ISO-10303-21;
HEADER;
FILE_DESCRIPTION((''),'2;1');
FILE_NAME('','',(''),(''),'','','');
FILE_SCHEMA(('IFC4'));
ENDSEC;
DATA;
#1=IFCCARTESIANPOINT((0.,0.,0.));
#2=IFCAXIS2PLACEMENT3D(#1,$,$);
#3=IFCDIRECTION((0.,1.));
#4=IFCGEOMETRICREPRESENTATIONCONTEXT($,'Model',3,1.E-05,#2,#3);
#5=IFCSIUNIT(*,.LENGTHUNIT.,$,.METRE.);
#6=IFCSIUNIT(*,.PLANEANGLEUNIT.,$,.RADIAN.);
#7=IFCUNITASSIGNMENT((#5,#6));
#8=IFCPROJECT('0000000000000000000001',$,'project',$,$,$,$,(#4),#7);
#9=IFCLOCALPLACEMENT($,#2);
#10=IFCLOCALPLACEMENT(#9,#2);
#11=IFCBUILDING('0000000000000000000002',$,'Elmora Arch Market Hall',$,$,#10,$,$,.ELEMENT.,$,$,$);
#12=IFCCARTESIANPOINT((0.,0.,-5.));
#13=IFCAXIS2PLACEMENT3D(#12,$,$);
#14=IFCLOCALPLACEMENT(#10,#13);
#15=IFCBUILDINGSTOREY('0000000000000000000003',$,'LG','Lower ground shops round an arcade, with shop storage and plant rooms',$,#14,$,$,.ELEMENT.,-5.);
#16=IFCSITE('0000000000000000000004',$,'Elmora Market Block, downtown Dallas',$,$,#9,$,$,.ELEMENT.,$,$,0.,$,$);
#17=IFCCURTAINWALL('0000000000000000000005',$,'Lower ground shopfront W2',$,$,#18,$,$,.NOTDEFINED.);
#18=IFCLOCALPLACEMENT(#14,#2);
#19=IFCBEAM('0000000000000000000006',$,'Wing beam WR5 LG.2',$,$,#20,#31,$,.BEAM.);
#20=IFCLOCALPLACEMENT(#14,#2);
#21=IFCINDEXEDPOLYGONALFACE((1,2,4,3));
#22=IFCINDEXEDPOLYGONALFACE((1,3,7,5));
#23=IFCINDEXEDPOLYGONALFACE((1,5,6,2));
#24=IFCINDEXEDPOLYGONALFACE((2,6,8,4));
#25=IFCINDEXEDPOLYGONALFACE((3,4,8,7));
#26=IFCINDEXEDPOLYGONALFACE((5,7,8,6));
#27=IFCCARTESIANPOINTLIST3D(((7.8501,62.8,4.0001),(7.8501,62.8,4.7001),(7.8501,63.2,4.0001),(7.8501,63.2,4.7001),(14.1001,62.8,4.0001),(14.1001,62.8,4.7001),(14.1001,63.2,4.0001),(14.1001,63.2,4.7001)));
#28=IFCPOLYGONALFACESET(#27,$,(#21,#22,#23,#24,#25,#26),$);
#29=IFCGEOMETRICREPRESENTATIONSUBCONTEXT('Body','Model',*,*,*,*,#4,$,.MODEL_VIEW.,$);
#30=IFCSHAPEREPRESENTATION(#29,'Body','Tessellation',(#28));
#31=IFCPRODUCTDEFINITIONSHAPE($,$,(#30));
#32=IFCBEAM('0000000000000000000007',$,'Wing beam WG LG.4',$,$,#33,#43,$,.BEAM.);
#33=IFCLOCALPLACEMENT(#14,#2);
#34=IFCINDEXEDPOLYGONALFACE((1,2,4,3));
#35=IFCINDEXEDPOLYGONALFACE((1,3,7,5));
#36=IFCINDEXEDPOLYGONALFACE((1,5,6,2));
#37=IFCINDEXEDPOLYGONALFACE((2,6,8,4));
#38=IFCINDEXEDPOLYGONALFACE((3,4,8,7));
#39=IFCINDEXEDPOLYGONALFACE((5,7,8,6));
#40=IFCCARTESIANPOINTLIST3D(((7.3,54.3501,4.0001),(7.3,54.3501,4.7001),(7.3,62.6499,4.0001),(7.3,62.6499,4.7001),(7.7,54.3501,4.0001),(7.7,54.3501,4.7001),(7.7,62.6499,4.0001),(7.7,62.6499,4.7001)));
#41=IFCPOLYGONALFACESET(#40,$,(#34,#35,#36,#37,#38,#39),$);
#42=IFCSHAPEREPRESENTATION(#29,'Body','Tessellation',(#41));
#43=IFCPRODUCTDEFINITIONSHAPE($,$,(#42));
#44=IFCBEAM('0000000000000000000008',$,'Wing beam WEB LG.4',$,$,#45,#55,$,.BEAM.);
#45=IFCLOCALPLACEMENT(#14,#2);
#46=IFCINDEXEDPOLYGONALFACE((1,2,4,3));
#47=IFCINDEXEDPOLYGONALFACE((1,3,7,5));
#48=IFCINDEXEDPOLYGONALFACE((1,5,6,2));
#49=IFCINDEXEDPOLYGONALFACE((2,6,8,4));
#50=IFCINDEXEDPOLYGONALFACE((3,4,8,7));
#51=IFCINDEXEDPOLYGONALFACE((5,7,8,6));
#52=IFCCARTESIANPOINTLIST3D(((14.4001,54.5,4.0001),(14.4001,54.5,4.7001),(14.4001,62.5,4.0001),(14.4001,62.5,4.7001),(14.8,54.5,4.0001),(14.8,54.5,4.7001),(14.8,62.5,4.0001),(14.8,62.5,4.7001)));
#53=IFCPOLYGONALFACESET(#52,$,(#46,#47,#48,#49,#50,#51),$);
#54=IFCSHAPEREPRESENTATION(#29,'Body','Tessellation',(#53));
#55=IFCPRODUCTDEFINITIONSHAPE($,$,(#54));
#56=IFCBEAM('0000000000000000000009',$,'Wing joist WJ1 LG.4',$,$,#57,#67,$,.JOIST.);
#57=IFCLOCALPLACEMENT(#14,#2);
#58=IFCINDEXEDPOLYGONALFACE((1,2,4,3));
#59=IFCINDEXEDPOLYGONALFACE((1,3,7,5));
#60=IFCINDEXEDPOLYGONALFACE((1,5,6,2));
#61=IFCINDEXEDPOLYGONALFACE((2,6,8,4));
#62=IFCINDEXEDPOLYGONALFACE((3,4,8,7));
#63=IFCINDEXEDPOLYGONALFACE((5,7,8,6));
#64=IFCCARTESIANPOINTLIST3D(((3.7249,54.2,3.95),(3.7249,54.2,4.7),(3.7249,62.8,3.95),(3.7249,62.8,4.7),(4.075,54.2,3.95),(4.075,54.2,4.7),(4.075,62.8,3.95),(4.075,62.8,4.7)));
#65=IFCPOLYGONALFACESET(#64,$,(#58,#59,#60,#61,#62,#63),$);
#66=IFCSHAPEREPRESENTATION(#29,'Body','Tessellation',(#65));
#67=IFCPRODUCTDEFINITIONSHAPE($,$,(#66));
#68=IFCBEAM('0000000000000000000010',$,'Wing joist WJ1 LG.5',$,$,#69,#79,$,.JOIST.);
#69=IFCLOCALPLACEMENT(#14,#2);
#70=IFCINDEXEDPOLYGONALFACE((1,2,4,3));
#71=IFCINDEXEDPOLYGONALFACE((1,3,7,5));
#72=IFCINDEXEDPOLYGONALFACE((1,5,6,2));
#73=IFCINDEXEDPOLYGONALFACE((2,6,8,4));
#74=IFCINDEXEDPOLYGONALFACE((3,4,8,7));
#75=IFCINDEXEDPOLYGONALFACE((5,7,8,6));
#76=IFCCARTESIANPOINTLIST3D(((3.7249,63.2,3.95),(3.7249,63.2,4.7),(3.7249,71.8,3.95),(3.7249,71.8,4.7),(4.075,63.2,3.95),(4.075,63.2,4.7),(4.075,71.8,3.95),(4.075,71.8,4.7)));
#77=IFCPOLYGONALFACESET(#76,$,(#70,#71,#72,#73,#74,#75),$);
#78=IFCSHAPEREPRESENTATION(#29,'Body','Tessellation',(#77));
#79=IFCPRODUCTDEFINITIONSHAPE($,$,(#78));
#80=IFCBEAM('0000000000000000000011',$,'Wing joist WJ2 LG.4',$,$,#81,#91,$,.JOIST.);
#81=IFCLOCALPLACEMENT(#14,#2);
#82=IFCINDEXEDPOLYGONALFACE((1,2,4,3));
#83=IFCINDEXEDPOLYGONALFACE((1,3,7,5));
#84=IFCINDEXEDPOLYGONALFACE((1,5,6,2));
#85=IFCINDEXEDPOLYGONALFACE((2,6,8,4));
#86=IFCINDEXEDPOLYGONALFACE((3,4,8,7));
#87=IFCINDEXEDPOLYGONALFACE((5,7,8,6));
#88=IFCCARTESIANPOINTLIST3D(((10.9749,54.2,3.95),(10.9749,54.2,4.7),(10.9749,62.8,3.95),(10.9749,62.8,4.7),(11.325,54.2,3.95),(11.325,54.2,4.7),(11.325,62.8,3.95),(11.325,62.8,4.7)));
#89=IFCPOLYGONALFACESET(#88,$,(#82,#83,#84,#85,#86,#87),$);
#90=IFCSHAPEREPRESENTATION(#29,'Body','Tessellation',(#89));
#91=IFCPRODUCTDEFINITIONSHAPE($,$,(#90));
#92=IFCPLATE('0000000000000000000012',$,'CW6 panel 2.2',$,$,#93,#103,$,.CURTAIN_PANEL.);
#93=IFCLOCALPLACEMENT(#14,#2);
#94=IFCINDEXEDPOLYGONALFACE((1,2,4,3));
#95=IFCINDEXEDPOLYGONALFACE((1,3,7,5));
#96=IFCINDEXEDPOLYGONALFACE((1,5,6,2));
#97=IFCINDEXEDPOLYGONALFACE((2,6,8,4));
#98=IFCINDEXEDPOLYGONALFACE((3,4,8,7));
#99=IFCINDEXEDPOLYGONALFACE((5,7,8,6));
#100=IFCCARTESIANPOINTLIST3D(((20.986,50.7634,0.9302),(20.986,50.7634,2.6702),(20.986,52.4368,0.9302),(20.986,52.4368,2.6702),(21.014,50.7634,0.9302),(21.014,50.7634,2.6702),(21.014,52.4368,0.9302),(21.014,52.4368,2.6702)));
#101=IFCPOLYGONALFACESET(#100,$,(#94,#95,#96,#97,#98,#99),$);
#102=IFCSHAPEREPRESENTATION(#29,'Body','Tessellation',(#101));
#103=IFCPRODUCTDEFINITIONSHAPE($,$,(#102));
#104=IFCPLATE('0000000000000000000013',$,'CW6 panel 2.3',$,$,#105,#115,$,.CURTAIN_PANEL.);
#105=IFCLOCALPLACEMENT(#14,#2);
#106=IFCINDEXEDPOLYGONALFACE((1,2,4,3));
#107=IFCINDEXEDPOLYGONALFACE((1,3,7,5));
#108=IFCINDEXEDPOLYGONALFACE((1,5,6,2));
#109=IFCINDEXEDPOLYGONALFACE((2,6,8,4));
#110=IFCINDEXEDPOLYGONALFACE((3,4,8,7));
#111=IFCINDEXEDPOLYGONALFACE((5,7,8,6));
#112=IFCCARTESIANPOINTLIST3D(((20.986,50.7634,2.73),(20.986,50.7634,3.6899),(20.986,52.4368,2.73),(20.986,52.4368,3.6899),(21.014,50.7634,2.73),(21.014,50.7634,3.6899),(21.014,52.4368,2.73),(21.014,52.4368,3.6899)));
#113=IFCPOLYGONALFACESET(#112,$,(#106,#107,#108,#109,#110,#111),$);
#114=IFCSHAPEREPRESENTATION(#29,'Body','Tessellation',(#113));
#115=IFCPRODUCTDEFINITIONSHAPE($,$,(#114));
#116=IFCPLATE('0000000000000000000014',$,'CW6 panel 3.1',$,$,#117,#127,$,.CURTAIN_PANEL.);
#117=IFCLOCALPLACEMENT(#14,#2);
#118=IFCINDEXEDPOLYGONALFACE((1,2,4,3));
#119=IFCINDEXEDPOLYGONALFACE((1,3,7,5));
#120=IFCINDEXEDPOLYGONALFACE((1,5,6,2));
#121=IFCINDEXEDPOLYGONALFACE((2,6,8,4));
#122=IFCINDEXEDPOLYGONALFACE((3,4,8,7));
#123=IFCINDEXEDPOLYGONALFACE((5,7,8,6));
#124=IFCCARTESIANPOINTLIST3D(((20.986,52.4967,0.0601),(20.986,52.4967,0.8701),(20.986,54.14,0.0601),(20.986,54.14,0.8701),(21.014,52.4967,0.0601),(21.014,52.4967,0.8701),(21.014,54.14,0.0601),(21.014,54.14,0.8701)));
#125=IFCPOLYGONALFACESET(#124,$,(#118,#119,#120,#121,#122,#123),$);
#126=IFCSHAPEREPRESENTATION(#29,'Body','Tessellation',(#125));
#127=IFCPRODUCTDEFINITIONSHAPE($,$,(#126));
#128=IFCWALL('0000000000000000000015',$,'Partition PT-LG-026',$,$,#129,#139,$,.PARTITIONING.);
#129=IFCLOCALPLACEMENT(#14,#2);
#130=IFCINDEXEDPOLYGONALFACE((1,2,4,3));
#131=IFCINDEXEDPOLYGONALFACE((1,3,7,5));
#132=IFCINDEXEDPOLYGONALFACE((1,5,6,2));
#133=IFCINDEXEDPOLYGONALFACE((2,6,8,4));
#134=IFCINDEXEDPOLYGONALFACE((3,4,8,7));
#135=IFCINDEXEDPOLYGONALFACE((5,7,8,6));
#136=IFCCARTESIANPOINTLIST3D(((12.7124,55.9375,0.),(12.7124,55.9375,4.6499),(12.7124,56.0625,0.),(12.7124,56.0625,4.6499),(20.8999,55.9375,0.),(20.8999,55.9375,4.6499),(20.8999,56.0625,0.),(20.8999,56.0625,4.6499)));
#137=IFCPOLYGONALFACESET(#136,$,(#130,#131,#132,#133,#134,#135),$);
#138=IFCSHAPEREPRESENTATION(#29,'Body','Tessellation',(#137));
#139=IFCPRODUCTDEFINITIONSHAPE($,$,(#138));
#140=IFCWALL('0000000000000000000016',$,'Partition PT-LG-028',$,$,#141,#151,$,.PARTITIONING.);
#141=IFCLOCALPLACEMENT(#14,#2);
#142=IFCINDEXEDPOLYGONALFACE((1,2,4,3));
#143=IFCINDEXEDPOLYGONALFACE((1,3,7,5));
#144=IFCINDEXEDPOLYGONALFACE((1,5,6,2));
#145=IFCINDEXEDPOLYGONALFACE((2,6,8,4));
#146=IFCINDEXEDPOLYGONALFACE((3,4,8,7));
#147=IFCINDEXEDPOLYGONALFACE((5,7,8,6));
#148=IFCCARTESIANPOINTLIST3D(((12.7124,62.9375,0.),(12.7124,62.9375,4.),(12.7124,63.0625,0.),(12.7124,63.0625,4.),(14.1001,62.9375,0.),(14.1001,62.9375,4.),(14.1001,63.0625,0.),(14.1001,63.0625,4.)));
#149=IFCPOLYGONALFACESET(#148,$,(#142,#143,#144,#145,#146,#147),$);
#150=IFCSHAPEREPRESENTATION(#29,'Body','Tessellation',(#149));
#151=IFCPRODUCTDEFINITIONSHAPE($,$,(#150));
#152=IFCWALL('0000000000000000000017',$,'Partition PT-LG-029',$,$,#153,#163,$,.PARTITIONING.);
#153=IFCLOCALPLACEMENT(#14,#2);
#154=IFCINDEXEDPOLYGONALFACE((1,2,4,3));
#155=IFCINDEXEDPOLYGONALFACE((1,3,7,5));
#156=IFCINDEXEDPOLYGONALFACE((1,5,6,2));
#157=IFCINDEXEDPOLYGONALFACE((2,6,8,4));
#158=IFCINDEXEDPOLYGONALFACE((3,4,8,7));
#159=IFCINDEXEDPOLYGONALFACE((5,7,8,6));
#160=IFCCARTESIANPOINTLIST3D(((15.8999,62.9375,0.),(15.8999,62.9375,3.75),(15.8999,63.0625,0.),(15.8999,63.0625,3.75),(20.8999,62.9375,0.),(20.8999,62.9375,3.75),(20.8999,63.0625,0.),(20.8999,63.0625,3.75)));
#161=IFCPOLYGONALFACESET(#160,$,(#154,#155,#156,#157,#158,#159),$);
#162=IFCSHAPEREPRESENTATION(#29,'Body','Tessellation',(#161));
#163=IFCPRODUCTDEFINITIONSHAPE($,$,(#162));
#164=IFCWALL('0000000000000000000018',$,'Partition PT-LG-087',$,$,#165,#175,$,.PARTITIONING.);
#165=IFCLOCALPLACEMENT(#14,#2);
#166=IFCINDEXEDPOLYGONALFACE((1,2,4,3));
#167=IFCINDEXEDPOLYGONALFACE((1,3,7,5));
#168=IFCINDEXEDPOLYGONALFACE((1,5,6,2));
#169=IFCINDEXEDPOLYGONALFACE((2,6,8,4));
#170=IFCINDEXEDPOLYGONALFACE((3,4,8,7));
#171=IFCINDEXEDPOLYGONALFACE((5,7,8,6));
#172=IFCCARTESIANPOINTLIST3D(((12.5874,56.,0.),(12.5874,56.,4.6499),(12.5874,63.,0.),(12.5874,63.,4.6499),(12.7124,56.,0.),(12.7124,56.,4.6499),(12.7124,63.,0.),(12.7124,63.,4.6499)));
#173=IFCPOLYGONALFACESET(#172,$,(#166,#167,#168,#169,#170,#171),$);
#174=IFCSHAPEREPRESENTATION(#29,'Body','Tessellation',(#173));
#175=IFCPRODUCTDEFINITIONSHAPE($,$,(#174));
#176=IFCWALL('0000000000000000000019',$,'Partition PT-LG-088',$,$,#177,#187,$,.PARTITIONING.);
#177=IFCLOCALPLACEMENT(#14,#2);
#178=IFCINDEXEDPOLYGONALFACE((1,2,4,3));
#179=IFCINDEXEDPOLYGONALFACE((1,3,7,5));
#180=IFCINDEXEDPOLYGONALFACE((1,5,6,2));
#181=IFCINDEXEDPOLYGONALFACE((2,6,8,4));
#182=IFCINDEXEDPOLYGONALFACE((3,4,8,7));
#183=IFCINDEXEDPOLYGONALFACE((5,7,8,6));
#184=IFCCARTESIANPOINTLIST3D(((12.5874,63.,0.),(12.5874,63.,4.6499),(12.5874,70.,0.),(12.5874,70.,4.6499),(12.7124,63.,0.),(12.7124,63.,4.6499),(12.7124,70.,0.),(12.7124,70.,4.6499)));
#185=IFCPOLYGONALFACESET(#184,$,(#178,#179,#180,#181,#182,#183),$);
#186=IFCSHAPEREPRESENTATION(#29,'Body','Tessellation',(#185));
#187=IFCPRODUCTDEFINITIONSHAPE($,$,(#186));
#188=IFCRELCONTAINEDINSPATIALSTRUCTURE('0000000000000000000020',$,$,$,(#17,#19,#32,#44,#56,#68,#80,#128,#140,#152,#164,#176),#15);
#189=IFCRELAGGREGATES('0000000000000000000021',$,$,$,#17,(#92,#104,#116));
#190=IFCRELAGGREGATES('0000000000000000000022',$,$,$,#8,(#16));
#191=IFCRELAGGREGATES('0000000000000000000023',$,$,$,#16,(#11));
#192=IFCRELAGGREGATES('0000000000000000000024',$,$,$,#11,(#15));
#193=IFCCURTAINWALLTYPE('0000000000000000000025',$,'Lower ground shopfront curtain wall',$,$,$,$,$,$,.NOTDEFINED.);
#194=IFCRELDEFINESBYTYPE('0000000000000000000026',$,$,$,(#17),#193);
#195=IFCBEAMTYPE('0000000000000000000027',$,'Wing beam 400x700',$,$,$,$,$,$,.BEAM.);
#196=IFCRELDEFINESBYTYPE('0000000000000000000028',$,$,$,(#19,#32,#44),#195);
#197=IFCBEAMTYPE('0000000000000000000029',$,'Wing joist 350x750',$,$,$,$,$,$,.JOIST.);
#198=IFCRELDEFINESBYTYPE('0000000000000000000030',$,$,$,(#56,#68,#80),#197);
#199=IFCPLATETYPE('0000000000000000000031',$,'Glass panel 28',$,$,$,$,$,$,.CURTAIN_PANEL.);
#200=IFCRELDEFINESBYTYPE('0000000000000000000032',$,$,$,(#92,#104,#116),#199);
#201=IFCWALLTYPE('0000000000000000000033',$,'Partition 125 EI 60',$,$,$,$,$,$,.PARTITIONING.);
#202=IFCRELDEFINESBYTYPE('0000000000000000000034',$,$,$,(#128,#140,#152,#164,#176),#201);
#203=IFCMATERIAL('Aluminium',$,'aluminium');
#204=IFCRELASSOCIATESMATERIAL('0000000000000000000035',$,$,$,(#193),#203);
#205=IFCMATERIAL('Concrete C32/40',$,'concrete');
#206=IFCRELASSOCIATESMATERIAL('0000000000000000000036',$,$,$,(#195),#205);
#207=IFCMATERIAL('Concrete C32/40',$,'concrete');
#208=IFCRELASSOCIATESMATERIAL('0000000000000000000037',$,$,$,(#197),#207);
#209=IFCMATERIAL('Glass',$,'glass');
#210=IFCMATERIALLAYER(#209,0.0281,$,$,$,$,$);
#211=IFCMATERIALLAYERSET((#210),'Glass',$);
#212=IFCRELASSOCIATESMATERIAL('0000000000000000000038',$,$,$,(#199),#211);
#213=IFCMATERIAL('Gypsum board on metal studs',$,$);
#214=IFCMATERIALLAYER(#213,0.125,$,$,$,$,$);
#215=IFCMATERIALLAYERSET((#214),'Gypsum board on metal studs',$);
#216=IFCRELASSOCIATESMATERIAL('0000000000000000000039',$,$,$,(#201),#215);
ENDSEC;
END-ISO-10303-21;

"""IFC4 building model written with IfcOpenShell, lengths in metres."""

from ifc_helpers import new_model, si_unit, direction, frame, frame_2d, origin, origin_2d, place, context, subcontext, project, spatial, rectangle, extrude, material, layer, layer_set, material_profile, profile_set, type_object, element, aggregate, save


model = new_model("IFC4")

# Units and contexts
model_context = context("Model", 3, precision=1e-05, world=origin(), true_north=direction((0.0, 1.0)))
body_context = subcontext(model_context, "Body", "Model", "MODEL_VIEW")
ifc_project = project(units=[si_unit("LENGTHUNIT", "METRE"), si_unit("PLANEANGLEUNIT", "RADIAN")], contexts=[model_context])

# Site, building, storey
site_placement = place(None, origin())
site = spatial("IfcSite", under=ifc_project, at=site_placement, Name="Elmora Market Block, downtown Dallas", CompositionType="ELEMENT", RefElevation=0.0)
building_placement = place(site_placement, origin())
building = spatial("IfcBuilding", under=site, at=building_placement, Name="Elmora Arch Market Hall", CompositionType="ELEMENT")
storey_placement = place(building_placement, frame((0.0, 0.0, -5.0)))
storey = spatial("IfcBuildingStorey", under=building, at=storey_placement, Name="LG", Description="Lower ground shops round an arcade, with shop storage and plant rooms", CompositionType="ELEMENT", Elevation=-5.0)

# Curtain wall
ifc_material_1 = material(Name="Aluminium", Category="aluminium")
curtain_wall_type = type_object("IfcCurtainWallType", Name="Lower ground shopfront curtain wall", PredefinedType="NOTDEFINED", material=ifc_material_1)
curtain_wall_placement = place(storey_placement, origin())
curtain_wall = element("IfcCurtainWall", 1, at=curtain_wall_placement, inside=storey, type_object=curtain_wall_type, Name="Lower ground shopfront W2", PredefinedType="NOTDEFINED")

# Beams
ifc_material_2 = material(Name="Concrete C32/40", Category="concrete")
ifc_material_profile_1 = material_profile(ifc_material_2, rectangle(XDim=0.3999, YDim=0.7, at=origin_2d()), Name="Wing beam 400x700")
ifc_profile_set_1 = profile_set([ifc_material_profile_1], Name="Concrete C32/40")
beam_type_1 = type_object("IfcBeamType", Name="Wing beam 400x700", PredefinedType="BEAM", material=ifc_profile_set_1)
beam_1_placement = place(storey_placement, frame((7.8501, 63.0, 4.3501), z_axis=(1.0, 0.0, 0.0), x_axis=(0.0, 1.0, 0.0)))
element("IfcBeam", 2, at=beam_1_placement, inside=storey, type_object=beam_type_1, Name="Wing beam WR5 LG.2", PredefinedType="BEAM", context=body_context, shape_type="SweptSolid", body=[
    extrude(rectangle(XDim=0.3999, YDim=0.7, at=origin_2d()), origin(), (0.0, 0.0, 1.0), 6.25),
])
beam_2_placement = place(storey_placement, frame((7.5, 54.3501, 4.3501), z_axis=(0.0, 1.0, 0.0), x_axis=(-1.0, 0.0, 0.0)))
element("IfcBeam", 3, at=beam_2_placement, inside=storey, type_object=beam_type_1, Name="Wing beam WG LG.4", PredefinedType="BEAM", context=body_context, shape_type="SweptSolid", body=[
    extrude(rectangle(XDim=0.3999, YDim=0.7, at=origin_2d()), origin(), (0.0, 0.0, 1.0), 8.2998),
])
beam_3_placement = place(storey_placement, frame((14.6001, 54.5, 4.3501), z_axis=(0.0, 1.0, 0.0), x_axis=(-1.0, 0.0, 0.0)))
element("IfcBeam", 4, at=beam_3_placement, inside=storey, type_object=beam_type_1, Name="Wing beam WEB LG.4", PredefinedType="BEAM", context=body_context, shape_type="SweptSolid", body=[
    extrude(rectangle(XDim=0.3999, YDim=0.7, at=origin_2d()), origin(), (0.0, 0.0, 1.0), 8.0),
])
ifc_material_3 = material(Name="Concrete C32/40", Category="concrete")
ifc_material_profile_2 = material_profile(ifc_material_3, rectangle(XDim=0.3501, YDim=0.75, at=origin_2d()), Name="Wing joist 350x750")
ifc_profile_set_2 = profile_set([ifc_material_profile_2], Name="Concrete C32/40")
beam_type_2 = type_object("IfcBeamType", Name="Wing joist 350x750", PredefinedType="JOIST", material=ifc_profile_set_2)
for number, where, z_axis, x_axis, name in (
    (5, (3.8999, 54.2, 4.325), (0.0, 1.0, 0.0), (-1.0, 0.0, 0.0), "Wing joist WJ1 LG.4"),
    (6, (3.8999, 63.2, 4.325), (0.0, 1.0, 0.0), (-1.0, 0.0, 0.0), "Wing joist WJ1 LG.5"),
    (7, (11.1499, 54.2, 4.325), (0.0, 1.0, 0.0), (-1.0, 0.0, 0.0), "Wing joist WJ2 LG.4"),
):
    element("IfcBeam", number, at=place(storey_placement, frame(where, z_axis=z_axis, x_axis=x_axis)), inside=storey, type_object=beam_type_2, Name=name, PredefinedType="JOIST", context=body_context, shape_type="SweptSolid", body=[
        extrude(rectangle(XDim=0.3501, YDim=0.75, at=origin_2d()), origin(), (0.0, 0.0, 1.0), 8.6001),
    ])

# Plates
ifc_material_4 = material(Name="Glass", Category="glass")
ifc_layer_1 = layer(ifc_material_4, 0.0281)
ifc_layer_set_1 = layer_set([ifc_layer_1], Name="Glass")
plate_type = type_object("IfcPlateType", Name="Glass panel 28", PredefinedType="CURTAIN_PANEL", material=ifc_layer_set_1)
plate_1_placement = place(storey_placement, frame((21.0, 51.6001, 0.9302), z_axis=(0.0, 0.0, 1.0), x_axis=(0.0, 1.0, 0.0)))
plate_1 = element("IfcPlate", 8, at=plate_1_placement, type_object=plate_type, Name="CW6 panel 2.2", PredefinedType="CURTAIN_PANEL", context=body_context, shape_type="SweptSolid", body=[
    extrude(rectangle(XDim=1.6733, YDim=0.0281, at=origin_2d()), origin(), (0.0, 0.0, 1.0), 1.74),
])
plate_2_placement = place(storey_placement, frame((21.0, 51.6001, 2.73), z_axis=(0.0, 0.0, 1.0), x_axis=(0.0, 1.0, 0.0)))
plate_2 = element("IfcPlate", 9, at=plate_2_placement, type_object=plate_type, Name="CW6 panel 2.3", PredefinedType="CURTAIN_PANEL", context=body_context, shape_type="SweptSolid", body=[
    extrude(rectangle(XDim=1.6733, YDim=0.0281, at=origin_2d()), origin(), (0.0, 0.0, 1.0), 0.96),
])
plate_3_placement = place(storey_placement, frame((21.0, 53.3184, 0.0601), z_axis=(0.0, 0.0, 1.0), x_axis=(0.0, 1.0, 0.0)))
plate_3 = element("IfcPlate", 10, at=plate_3_placement, type_object=plate_type, Name="CW6 panel 3.1", PredefinedType="CURTAIN_PANEL", context=body_context, shape_type="SweptSolid", body=[
    extrude(rectangle(XDim=1.6433, YDim=0.0281, at=origin_2d()), origin(), (0.0, 0.0, 1.0), 0.8101),
])
aggregate(curtain_wall, [plate_1, plate_2, plate_3])

# Walls
ifc_material_5 = material(Name="Gypsum board on metal studs")
ifc_layer_2 = layer(ifc_material_5, 0.125)
ifc_layer_set_2 = layer_set([ifc_layer_2], Name="Gypsum board on metal studs")
wall_type = type_object("IfcWallType", Name="Partition 125 EI 60", PredefinedType="PARTITIONING", material=ifc_layer_set_2)
wall_1_placement = place(storey_placement, frame((12.7124, 56.0, 0.0), z_axis=(0.0, 0.0, 1.0), x_axis=(1.0, 0.0, 0.0)))
element("IfcWall", 11, at=wall_1_placement, inside=storey, type_object=wall_type, Name="Partition PT-LG-026", PredefinedType="PARTITIONING", context=body_context, shape_type="SweptSolid", body=[
    extrude(rectangle(XDim=8.1875, YDim=0.125, at=frame_2d((4.0938, 0.0))), origin(), (0.0, 0.0, 1.0), 4.6499),
])
wall_2_placement = place(storey_placement, frame((12.7124, 63.0, 0.0), z_axis=(0.0, 0.0, 1.0), x_axis=(1.0, 0.0, 0.0)))
element("IfcWall", 12, at=wall_2_placement, inside=storey, type_object=wall_type, Name="Partition PT-LG-028", PredefinedType="PARTITIONING", context=body_context, shape_type="SweptSolid", body=[
    extrude(rectangle(XDim=1.3877, YDim=0.125, at=frame_2d((0.6938, 0.0))), origin(), (0.0, 0.0, 1.0), 4.0),
])
wall_3_placement = place(storey_placement, frame((15.8999, 63.0, 0.0), z_axis=(0.0, 0.0, 1.0), x_axis=(1.0, 0.0, 0.0)))
element("IfcWall", 13, at=wall_3_placement, inside=storey, type_object=wall_type, Name="Partition PT-LG-029", PredefinedType="PARTITIONING", context=body_context, shape_type="SweptSolid", body=[
    extrude(rectangle(XDim=5.0, YDim=0.125, at=frame_2d((2.5, 0.0))), origin(), (0.0, 0.0, 1.0), 3.75),
])
for number, where, z_axis, x_axis, name in (
    (14, (12.6499, 56.0, 0.0), (0.0, 0.0, 1.0), (0.0, 1.0, 0.0), "Partition PT-LG-087"),
    (15, (12.6499, 63.0, 0.0), (0.0, 0.0, 1.0), (0.0, 1.0, 0.0), "Partition PT-LG-088"),
):
    element("IfcWall", number, at=place(storey_placement, frame(where, z_axis=z_axis, x_axis=x_axis)), inside=storey, type_object=wall_type, Name=name, PredefinedType="PARTITIONING", context=body_context, shape_type="SweptSolid", body=[
        extrude(rectangle(XDim=7.0, YDim=0.125, at=frame_2d((3.5, 0.0))), origin(), (0.0, 0.0, 1.0), 4.6499),
    ])

save(model, "model.ifc")
